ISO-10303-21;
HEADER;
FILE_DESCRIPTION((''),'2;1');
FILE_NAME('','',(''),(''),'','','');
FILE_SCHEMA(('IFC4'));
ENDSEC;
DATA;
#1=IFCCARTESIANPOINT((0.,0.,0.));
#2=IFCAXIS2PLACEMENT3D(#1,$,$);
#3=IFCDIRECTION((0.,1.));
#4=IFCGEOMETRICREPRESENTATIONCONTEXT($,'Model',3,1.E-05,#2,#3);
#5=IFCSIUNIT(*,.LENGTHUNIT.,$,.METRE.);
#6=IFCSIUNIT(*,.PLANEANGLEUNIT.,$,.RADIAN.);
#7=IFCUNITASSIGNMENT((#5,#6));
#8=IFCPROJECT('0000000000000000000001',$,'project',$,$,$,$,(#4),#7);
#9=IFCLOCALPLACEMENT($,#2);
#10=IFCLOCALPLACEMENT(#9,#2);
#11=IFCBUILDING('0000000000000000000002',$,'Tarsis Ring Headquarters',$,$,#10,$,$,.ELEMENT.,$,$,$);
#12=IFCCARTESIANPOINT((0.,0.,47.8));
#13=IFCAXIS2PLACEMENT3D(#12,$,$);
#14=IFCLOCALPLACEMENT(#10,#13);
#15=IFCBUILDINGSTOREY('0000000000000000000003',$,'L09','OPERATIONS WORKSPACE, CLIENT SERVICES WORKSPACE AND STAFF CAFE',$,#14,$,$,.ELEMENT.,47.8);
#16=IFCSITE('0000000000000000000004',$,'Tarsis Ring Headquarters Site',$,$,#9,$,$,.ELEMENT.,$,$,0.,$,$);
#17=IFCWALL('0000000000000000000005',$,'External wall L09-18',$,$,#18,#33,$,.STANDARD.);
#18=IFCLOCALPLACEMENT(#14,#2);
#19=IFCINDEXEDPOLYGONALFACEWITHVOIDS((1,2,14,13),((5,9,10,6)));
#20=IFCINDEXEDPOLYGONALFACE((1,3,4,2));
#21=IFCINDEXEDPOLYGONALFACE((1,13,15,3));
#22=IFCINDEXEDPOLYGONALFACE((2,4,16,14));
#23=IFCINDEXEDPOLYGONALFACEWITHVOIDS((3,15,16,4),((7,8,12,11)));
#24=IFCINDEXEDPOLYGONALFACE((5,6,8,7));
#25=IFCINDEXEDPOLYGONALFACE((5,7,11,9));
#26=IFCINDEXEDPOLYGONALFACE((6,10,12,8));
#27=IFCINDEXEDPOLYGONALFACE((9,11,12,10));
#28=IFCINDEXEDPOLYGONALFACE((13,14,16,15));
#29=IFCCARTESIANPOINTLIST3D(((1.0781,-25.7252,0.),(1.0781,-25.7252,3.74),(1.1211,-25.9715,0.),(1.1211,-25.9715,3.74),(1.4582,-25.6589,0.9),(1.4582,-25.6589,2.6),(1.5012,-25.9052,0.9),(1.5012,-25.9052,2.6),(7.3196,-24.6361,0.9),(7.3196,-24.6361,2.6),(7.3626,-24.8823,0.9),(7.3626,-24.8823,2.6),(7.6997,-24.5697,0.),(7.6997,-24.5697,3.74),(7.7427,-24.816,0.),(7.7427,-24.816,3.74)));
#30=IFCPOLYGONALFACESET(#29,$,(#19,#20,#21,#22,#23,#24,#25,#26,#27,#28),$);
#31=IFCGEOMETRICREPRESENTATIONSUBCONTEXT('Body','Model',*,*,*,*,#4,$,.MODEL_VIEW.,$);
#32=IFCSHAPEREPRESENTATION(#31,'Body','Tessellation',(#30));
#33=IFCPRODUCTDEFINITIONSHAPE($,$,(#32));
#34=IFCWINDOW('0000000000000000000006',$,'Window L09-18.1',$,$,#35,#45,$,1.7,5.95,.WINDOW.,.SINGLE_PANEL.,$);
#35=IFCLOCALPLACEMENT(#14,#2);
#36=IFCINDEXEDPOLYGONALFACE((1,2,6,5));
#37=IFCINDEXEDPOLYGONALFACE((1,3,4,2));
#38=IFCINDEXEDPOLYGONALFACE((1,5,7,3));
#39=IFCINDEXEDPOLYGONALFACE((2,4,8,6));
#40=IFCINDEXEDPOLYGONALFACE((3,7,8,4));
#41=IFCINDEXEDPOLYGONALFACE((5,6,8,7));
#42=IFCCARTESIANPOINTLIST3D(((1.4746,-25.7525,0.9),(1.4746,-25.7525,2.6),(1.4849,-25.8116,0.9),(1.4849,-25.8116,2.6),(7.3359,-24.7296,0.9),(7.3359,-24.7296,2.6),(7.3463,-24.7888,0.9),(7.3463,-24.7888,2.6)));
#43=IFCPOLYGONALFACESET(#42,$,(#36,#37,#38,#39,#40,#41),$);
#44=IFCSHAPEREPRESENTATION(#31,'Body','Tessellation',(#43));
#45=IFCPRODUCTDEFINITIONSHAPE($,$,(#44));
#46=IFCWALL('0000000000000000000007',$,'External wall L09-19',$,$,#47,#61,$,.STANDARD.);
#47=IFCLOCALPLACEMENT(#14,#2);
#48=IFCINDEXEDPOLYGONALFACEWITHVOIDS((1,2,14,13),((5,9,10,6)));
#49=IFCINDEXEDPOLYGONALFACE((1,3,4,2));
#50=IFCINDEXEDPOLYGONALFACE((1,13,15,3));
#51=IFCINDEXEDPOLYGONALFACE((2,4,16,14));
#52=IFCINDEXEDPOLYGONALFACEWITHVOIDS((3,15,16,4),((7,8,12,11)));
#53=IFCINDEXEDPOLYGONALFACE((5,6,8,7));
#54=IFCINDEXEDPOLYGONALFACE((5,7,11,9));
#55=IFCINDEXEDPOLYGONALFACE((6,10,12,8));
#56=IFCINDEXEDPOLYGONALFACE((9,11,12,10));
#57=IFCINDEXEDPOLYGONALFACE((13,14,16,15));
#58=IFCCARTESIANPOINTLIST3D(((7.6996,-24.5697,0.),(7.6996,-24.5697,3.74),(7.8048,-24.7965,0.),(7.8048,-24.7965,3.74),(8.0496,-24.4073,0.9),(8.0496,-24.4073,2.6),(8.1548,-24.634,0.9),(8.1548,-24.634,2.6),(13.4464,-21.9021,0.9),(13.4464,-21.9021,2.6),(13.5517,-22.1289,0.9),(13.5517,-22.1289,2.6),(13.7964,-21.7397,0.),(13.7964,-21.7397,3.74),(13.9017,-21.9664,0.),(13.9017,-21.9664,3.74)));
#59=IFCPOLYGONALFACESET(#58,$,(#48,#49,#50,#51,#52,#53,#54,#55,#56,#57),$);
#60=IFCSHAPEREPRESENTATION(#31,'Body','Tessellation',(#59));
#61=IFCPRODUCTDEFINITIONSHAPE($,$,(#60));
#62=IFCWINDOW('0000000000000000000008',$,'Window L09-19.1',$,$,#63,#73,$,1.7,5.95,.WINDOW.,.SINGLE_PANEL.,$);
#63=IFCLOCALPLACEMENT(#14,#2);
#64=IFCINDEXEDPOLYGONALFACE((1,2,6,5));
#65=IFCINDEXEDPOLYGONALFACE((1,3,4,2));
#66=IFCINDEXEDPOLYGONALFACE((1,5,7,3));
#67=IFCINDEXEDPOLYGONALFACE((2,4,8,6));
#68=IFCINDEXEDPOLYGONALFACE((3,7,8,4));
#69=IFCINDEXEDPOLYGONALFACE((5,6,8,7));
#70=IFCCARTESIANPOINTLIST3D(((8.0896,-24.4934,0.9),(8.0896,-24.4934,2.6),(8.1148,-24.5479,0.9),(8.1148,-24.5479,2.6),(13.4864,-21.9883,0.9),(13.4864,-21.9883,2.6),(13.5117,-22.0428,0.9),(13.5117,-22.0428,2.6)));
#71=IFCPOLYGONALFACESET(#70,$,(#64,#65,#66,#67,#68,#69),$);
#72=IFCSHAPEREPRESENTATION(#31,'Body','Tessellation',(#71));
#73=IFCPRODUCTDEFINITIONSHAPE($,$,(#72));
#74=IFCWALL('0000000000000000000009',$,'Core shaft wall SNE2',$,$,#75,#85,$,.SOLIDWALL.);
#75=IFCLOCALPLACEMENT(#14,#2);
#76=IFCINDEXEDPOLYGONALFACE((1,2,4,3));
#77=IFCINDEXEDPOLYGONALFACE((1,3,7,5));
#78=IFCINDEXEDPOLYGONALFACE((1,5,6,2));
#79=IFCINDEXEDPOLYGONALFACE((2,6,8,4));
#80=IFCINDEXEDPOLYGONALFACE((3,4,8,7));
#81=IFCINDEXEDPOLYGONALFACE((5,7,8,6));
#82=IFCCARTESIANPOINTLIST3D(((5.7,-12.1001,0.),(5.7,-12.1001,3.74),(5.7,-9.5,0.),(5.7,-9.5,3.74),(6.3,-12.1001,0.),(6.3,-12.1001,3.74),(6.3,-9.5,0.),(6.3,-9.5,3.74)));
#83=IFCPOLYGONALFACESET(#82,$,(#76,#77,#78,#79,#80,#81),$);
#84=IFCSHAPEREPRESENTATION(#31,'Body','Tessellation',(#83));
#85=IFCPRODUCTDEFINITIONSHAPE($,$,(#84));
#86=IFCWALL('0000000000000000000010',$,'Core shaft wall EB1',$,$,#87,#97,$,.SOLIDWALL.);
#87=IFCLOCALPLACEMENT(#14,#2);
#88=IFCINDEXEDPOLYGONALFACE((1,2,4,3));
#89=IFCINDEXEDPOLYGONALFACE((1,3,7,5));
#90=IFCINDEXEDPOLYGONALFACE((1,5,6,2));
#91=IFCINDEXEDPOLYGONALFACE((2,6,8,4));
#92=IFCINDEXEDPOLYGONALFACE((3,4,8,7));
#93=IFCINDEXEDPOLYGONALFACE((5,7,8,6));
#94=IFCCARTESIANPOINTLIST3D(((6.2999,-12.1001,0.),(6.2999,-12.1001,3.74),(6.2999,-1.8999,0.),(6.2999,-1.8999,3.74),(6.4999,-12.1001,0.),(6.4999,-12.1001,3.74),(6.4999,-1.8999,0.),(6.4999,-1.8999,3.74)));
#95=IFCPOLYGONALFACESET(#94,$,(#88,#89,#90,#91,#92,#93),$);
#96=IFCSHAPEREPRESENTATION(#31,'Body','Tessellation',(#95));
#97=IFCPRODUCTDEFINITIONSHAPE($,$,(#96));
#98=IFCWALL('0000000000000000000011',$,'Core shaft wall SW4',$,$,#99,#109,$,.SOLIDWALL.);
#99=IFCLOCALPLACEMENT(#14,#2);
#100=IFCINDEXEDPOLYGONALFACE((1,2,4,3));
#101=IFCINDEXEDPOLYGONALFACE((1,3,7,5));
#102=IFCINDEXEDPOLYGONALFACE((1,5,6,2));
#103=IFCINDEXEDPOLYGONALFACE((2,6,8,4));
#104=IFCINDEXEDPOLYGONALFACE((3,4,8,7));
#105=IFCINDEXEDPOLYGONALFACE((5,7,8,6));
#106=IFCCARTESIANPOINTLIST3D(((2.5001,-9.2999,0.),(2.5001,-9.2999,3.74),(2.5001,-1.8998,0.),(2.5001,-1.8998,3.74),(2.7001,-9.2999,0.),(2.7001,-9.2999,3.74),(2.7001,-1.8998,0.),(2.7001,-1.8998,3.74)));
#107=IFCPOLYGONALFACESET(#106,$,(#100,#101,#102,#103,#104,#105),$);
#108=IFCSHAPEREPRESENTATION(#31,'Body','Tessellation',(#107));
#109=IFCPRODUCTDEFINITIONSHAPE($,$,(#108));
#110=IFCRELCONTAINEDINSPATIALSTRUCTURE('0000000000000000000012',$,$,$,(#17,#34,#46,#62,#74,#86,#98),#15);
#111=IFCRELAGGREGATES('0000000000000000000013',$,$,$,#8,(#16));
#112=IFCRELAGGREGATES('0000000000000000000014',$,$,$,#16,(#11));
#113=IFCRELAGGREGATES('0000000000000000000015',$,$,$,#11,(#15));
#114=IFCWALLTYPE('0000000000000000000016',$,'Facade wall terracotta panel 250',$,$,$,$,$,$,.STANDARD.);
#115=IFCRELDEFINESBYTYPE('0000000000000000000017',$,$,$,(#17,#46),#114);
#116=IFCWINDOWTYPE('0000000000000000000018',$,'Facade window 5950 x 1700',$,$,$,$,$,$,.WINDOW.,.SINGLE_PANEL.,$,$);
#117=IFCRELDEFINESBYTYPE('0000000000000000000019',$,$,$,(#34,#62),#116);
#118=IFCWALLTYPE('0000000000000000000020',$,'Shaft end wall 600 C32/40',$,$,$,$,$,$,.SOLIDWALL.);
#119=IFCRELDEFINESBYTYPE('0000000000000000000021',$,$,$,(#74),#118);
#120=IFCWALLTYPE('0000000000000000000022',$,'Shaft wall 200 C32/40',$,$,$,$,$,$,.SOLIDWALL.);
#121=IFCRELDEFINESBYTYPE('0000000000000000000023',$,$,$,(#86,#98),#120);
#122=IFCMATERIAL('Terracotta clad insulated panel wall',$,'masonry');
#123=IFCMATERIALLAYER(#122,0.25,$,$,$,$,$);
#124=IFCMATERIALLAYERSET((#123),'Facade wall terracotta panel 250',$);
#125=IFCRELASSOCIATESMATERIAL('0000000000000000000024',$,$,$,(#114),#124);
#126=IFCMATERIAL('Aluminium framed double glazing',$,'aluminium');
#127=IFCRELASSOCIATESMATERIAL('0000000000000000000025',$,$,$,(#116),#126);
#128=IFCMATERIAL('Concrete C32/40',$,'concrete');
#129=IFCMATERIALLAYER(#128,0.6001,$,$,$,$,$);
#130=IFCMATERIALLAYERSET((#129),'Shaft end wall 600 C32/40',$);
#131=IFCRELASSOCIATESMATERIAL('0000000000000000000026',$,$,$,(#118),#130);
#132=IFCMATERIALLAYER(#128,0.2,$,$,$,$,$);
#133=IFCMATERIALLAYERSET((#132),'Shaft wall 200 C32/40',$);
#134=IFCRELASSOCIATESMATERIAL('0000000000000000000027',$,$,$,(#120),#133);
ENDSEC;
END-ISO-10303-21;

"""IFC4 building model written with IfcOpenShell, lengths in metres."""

from ifc_helpers import new_model, si_unit, direction, frame, frame_2d, origin, place, context, subcontext, project, spatial, rectangle, extrude, material, layer, layer_set, type_object, element, fill, save


model = new_model("IFC4")

# Units and contexts
model_context = context("Model", 3, precision=1e-05, world=origin(), true_north=direction((0.0, 1.0)))
body_context = subcontext(model_context, "Body", "Model", "MODEL_VIEW")
ifc_project = project(units=[si_unit("LENGTHUNIT", "METRE"), si_unit("PLANEANGLEUNIT", "RADIAN")], contexts=[model_context])

# Site, building, storey
site_placement = place(None, origin())
site = spatial("IfcSite", under=ifc_project, at=site_placement, Name="Tarsis Ring Headquarters Site", CompositionType="ELEMENT", RefElevation=0.0)
building_placement = place(site_placement, origin())
building = spatial("IfcBuilding", under=site, at=building_placement, Name="Tarsis Ring Headquarters", CompositionType="ELEMENT")
storey_placement = place(building_placement, frame((0.0, 0.0, 47.8)))
storey = spatial("IfcBuildingStorey", under=building, at=storey_placement, Name="L09", Description="OPERATIONS WORKSPACE, CLIENT SERVICES WORKSPACE AND STAFF CAFE", CompositionType="ELEMENT", Elevation=47.8)

# Walls, openings, windows
ifc_material_1 = material(Name="Terracotta clad insulated panel wall", Category="masonry")
ifc_layer_1 = layer(ifc_material_1, 0.25)
ifc_layer_set_1 = layer_set([ifc_layer_1], Name="Facade wall terracotta panel 250")
wall_type_1 = type_object("IfcWallType", Name="Facade wall terracotta panel 250", PredefinedType="STANDARD", material=ifc_layer_set_1)
wall_1_placement = place(storey_placement, frame((1.0996, -25.8484, 0.0), z_axis=(0.0, 0.0, 1.0), x_axis=(0.985113, 0.17191, 0.0)))
wall_1 = element("IfcWall", 1, at=wall_1_placement, inside=storey, type_object=wall_type_1, Name="External wall L09-18", PredefinedType="STANDARD", context=body_context, shape_type="SweptSolid", body=[
    extrude(rectangle(XDim=6.7217, YDim=0.25, at=frame_2d((3.3608, 0.0))), origin(), (0.0, 0.0, 1.0), 3.74),
])
opening_1_placement = place(wall_1_placement, frame((0.3857, 0.0, 0.8999)))
opening_1 = element("IfcOpeningElement", 2, at=opening_1_placement, cuts=wall_1, PredefinedType="OPENING", context=body_context, shape_type="SweptSolid", body=[
    extrude(rectangle(XDim=5.95, YDim=1.7, at=frame_2d((2.9751, 0.8501))), frame((0.0, 0.135, 0.0), z_axis=(0.0, -1.0, 0.0), x_axis=(1.0, 0.0, 0.0)), (0.0, 0.0, 1.0), 0.27),
])
ifc_material_2 = material(Name="Aluminium framed double glazing", Category="aluminium")
window_type = type_object("IfcWindowType", Name="Facade window 5950 x 1700", PartitioningType="SINGLE_PANEL", PredefinedType="WINDOW", material=ifc_material_2)
window_1_placement = place(opening_1_placement, origin())
window_1 = element("IfcWindow", 3, at=window_1_placement, inside=storey, type_object=window_type, Name="Window L09-18.1", OverallHeight=1.7, OverallWidth=5.95, PartitioningType="SINGLE_PANEL", PredefinedType="WINDOW", context=body_context, shape_type="SweptSolid", body=[
    extrude(rectangle(XDim=5.95, YDim=1.7, at=frame_2d((2.9751, 0.8501))), frame((0.0, 0.03, 0.0), z_axis=(0.0, -1.0, 0.0), x_axis=(1.0, 0.0, 0.0)), (0.0, 0.0, 1.0), 0.0601),
])
fill(opening_1, window_1)
wall_2_placement = place(storey_placement, frame((7.7522, -24.6831, 0.0), z_axis=(0.0, 0.0, 1.0), x_axis=(0.907045, 0.421033, 0.0)))
wall_2 = element("IfcWall", 4, at=wall_2_placement, inside=storey, type_object=wall_type_1, Name="External wall L09-19", PredefinedType="STANDARD", context=body_context, shape_type="SweptSolid", body=[
    extrude(rectangle(XDim=6.7217, YDim=0.25, at=frame_2d((3.3608, 0.0))), origin(), (0.0, 0.0, 1.0), 3.74),
])
opening_2_placement = place(wall_2_placement, frame((0.3857, 0.0, 0.8999)))
opening_2 = element("IfcOpeningElement", 5, at=opening_2_placement, cuts=wall_2, PredefinedType="OPENING", context=body_context, shape_type="SweptSolid", body=[
    extrude(rectangle(XDim=5.95, YDim=1.7, at=frame_2d((2.9751, 0.8501))), frame((0.0, 0.135, 0.0), z_axis=(0.0, -1.0, 0.0), x_axis=(1.0, 0.0, 0.0)), (0.0, 0.0, 1.0), 0.27),
])
window_2_placement = place(opening_2_placement, origin())
window_2 = element("IfcWindow", 6, at=window_2_placement, inside=storey, type_object=window_type, Name="Window L09-19.1", OverallHeight=1.7, OverallWidth=5.95, PartitioningType="SINGLE_PANEL", PredefinedType="WINDOW", context=body_context, shape_type="SweptSolid", body=[
    extrude(rectangle(XDim=5.95, YDim=1.7, at=frame_2d((2.9751, 0.8501))), frame((0.0, 0.03, 0.0), z_axis=(0.0, -1.0, 0.0), x_axis=(1.0, 0.0, 0.0)), (0.0, 0.0, 1.0), 0.0601),
])
fill(opening_2, window_2)

# Walls
ifc_material_3 = material(Name="Concrete C32/40", Category="concrete")
ifc_layer_2 = layer(ifc_material_3, 0.6001)
ifc_layer_set_2 = layer_set([ifc_layer_2], Name="Shaft end wall 600 C32/40")
wall_type_2 = type_object("IfcWallType", Name="Shaft end wall 600 C32/40", PredefinedType="SOLIDWALL", material=ifc_layer_set_2)
wall_3_placement = place(storey_placement, frame((6.0, -12.1001, 0.0), z_axis=(0.0, 0.0, 1.0), x_axis=(0.0, 1.0, 0.0)))
element("IfcWall", 7, at=wall_3_placement, inside=storey, type_object=wall_type_2, Name="Core shaft wall SNE2", PredefinedType="SOLIDWALL", context=body_context, shape_type="SweptSolid", body=[
    extrude(rectangle(XDim=2.6001, YDim=0.6001, at=frame_2d((1.3, 0.0))), origin(), (0.0, 0.0, 1.0), 3.74),
])
ifc_layer_3 = layer(ifc_material_3, 0.2)
ifc_layer_set_3 = layer_set([ifc_layer_3], Name="Shaft wall 200 C32/40")
wall_type_3 = type_object("IfcWallType", Name="Shaft wall 200 C32/40", PredefinedType="SOLIDWALL", material=ifc_layer_set_3)
wall_4_placement = place(storey_placement, frame((6.3999, -12.1001, 0.0), z_axis=(0.0, 0.0, 1.0), x_axis=(0.0, 1.0, 0.0)))
element("IfcWall", 8, at=wall_4_placement, inside=storey, type_object=wall_type_3, Name="Core shaft wall EB1", PredefinedType="SOLIDWALL", context=body_context, shape_type="SweptSolid", body=[
    extrude(rectangle(XDim=10.2002, YDim=0.2, at=frame_2d((5.1001, 0.0))), origin(), (0.0, 0.0, 1.0), 3.74),
])
wall_5_placement = place(storey_placement, frame((2.6001, -9.3, 0.0), z_axis=(0.0, 0.0, 1.0), x_axis=(0.0, 1.0, 0.0)))
element("IfcWall", 9, at=wall_5_placement, inside=storey, type_object=wall_type_3, Name="Core shaft wall SW4", PredefinedType="SOLIDWALL", context=body_context, shape_type="SweptSolid", body=[
    extrude(rectangle(XDim=7.4001, YDim=0.2, at=frame_2d((3.7002, 0.0))), origin(), (0.0, 0.0, 1.0), 3.74),
])

save(model, "model.ifc")
